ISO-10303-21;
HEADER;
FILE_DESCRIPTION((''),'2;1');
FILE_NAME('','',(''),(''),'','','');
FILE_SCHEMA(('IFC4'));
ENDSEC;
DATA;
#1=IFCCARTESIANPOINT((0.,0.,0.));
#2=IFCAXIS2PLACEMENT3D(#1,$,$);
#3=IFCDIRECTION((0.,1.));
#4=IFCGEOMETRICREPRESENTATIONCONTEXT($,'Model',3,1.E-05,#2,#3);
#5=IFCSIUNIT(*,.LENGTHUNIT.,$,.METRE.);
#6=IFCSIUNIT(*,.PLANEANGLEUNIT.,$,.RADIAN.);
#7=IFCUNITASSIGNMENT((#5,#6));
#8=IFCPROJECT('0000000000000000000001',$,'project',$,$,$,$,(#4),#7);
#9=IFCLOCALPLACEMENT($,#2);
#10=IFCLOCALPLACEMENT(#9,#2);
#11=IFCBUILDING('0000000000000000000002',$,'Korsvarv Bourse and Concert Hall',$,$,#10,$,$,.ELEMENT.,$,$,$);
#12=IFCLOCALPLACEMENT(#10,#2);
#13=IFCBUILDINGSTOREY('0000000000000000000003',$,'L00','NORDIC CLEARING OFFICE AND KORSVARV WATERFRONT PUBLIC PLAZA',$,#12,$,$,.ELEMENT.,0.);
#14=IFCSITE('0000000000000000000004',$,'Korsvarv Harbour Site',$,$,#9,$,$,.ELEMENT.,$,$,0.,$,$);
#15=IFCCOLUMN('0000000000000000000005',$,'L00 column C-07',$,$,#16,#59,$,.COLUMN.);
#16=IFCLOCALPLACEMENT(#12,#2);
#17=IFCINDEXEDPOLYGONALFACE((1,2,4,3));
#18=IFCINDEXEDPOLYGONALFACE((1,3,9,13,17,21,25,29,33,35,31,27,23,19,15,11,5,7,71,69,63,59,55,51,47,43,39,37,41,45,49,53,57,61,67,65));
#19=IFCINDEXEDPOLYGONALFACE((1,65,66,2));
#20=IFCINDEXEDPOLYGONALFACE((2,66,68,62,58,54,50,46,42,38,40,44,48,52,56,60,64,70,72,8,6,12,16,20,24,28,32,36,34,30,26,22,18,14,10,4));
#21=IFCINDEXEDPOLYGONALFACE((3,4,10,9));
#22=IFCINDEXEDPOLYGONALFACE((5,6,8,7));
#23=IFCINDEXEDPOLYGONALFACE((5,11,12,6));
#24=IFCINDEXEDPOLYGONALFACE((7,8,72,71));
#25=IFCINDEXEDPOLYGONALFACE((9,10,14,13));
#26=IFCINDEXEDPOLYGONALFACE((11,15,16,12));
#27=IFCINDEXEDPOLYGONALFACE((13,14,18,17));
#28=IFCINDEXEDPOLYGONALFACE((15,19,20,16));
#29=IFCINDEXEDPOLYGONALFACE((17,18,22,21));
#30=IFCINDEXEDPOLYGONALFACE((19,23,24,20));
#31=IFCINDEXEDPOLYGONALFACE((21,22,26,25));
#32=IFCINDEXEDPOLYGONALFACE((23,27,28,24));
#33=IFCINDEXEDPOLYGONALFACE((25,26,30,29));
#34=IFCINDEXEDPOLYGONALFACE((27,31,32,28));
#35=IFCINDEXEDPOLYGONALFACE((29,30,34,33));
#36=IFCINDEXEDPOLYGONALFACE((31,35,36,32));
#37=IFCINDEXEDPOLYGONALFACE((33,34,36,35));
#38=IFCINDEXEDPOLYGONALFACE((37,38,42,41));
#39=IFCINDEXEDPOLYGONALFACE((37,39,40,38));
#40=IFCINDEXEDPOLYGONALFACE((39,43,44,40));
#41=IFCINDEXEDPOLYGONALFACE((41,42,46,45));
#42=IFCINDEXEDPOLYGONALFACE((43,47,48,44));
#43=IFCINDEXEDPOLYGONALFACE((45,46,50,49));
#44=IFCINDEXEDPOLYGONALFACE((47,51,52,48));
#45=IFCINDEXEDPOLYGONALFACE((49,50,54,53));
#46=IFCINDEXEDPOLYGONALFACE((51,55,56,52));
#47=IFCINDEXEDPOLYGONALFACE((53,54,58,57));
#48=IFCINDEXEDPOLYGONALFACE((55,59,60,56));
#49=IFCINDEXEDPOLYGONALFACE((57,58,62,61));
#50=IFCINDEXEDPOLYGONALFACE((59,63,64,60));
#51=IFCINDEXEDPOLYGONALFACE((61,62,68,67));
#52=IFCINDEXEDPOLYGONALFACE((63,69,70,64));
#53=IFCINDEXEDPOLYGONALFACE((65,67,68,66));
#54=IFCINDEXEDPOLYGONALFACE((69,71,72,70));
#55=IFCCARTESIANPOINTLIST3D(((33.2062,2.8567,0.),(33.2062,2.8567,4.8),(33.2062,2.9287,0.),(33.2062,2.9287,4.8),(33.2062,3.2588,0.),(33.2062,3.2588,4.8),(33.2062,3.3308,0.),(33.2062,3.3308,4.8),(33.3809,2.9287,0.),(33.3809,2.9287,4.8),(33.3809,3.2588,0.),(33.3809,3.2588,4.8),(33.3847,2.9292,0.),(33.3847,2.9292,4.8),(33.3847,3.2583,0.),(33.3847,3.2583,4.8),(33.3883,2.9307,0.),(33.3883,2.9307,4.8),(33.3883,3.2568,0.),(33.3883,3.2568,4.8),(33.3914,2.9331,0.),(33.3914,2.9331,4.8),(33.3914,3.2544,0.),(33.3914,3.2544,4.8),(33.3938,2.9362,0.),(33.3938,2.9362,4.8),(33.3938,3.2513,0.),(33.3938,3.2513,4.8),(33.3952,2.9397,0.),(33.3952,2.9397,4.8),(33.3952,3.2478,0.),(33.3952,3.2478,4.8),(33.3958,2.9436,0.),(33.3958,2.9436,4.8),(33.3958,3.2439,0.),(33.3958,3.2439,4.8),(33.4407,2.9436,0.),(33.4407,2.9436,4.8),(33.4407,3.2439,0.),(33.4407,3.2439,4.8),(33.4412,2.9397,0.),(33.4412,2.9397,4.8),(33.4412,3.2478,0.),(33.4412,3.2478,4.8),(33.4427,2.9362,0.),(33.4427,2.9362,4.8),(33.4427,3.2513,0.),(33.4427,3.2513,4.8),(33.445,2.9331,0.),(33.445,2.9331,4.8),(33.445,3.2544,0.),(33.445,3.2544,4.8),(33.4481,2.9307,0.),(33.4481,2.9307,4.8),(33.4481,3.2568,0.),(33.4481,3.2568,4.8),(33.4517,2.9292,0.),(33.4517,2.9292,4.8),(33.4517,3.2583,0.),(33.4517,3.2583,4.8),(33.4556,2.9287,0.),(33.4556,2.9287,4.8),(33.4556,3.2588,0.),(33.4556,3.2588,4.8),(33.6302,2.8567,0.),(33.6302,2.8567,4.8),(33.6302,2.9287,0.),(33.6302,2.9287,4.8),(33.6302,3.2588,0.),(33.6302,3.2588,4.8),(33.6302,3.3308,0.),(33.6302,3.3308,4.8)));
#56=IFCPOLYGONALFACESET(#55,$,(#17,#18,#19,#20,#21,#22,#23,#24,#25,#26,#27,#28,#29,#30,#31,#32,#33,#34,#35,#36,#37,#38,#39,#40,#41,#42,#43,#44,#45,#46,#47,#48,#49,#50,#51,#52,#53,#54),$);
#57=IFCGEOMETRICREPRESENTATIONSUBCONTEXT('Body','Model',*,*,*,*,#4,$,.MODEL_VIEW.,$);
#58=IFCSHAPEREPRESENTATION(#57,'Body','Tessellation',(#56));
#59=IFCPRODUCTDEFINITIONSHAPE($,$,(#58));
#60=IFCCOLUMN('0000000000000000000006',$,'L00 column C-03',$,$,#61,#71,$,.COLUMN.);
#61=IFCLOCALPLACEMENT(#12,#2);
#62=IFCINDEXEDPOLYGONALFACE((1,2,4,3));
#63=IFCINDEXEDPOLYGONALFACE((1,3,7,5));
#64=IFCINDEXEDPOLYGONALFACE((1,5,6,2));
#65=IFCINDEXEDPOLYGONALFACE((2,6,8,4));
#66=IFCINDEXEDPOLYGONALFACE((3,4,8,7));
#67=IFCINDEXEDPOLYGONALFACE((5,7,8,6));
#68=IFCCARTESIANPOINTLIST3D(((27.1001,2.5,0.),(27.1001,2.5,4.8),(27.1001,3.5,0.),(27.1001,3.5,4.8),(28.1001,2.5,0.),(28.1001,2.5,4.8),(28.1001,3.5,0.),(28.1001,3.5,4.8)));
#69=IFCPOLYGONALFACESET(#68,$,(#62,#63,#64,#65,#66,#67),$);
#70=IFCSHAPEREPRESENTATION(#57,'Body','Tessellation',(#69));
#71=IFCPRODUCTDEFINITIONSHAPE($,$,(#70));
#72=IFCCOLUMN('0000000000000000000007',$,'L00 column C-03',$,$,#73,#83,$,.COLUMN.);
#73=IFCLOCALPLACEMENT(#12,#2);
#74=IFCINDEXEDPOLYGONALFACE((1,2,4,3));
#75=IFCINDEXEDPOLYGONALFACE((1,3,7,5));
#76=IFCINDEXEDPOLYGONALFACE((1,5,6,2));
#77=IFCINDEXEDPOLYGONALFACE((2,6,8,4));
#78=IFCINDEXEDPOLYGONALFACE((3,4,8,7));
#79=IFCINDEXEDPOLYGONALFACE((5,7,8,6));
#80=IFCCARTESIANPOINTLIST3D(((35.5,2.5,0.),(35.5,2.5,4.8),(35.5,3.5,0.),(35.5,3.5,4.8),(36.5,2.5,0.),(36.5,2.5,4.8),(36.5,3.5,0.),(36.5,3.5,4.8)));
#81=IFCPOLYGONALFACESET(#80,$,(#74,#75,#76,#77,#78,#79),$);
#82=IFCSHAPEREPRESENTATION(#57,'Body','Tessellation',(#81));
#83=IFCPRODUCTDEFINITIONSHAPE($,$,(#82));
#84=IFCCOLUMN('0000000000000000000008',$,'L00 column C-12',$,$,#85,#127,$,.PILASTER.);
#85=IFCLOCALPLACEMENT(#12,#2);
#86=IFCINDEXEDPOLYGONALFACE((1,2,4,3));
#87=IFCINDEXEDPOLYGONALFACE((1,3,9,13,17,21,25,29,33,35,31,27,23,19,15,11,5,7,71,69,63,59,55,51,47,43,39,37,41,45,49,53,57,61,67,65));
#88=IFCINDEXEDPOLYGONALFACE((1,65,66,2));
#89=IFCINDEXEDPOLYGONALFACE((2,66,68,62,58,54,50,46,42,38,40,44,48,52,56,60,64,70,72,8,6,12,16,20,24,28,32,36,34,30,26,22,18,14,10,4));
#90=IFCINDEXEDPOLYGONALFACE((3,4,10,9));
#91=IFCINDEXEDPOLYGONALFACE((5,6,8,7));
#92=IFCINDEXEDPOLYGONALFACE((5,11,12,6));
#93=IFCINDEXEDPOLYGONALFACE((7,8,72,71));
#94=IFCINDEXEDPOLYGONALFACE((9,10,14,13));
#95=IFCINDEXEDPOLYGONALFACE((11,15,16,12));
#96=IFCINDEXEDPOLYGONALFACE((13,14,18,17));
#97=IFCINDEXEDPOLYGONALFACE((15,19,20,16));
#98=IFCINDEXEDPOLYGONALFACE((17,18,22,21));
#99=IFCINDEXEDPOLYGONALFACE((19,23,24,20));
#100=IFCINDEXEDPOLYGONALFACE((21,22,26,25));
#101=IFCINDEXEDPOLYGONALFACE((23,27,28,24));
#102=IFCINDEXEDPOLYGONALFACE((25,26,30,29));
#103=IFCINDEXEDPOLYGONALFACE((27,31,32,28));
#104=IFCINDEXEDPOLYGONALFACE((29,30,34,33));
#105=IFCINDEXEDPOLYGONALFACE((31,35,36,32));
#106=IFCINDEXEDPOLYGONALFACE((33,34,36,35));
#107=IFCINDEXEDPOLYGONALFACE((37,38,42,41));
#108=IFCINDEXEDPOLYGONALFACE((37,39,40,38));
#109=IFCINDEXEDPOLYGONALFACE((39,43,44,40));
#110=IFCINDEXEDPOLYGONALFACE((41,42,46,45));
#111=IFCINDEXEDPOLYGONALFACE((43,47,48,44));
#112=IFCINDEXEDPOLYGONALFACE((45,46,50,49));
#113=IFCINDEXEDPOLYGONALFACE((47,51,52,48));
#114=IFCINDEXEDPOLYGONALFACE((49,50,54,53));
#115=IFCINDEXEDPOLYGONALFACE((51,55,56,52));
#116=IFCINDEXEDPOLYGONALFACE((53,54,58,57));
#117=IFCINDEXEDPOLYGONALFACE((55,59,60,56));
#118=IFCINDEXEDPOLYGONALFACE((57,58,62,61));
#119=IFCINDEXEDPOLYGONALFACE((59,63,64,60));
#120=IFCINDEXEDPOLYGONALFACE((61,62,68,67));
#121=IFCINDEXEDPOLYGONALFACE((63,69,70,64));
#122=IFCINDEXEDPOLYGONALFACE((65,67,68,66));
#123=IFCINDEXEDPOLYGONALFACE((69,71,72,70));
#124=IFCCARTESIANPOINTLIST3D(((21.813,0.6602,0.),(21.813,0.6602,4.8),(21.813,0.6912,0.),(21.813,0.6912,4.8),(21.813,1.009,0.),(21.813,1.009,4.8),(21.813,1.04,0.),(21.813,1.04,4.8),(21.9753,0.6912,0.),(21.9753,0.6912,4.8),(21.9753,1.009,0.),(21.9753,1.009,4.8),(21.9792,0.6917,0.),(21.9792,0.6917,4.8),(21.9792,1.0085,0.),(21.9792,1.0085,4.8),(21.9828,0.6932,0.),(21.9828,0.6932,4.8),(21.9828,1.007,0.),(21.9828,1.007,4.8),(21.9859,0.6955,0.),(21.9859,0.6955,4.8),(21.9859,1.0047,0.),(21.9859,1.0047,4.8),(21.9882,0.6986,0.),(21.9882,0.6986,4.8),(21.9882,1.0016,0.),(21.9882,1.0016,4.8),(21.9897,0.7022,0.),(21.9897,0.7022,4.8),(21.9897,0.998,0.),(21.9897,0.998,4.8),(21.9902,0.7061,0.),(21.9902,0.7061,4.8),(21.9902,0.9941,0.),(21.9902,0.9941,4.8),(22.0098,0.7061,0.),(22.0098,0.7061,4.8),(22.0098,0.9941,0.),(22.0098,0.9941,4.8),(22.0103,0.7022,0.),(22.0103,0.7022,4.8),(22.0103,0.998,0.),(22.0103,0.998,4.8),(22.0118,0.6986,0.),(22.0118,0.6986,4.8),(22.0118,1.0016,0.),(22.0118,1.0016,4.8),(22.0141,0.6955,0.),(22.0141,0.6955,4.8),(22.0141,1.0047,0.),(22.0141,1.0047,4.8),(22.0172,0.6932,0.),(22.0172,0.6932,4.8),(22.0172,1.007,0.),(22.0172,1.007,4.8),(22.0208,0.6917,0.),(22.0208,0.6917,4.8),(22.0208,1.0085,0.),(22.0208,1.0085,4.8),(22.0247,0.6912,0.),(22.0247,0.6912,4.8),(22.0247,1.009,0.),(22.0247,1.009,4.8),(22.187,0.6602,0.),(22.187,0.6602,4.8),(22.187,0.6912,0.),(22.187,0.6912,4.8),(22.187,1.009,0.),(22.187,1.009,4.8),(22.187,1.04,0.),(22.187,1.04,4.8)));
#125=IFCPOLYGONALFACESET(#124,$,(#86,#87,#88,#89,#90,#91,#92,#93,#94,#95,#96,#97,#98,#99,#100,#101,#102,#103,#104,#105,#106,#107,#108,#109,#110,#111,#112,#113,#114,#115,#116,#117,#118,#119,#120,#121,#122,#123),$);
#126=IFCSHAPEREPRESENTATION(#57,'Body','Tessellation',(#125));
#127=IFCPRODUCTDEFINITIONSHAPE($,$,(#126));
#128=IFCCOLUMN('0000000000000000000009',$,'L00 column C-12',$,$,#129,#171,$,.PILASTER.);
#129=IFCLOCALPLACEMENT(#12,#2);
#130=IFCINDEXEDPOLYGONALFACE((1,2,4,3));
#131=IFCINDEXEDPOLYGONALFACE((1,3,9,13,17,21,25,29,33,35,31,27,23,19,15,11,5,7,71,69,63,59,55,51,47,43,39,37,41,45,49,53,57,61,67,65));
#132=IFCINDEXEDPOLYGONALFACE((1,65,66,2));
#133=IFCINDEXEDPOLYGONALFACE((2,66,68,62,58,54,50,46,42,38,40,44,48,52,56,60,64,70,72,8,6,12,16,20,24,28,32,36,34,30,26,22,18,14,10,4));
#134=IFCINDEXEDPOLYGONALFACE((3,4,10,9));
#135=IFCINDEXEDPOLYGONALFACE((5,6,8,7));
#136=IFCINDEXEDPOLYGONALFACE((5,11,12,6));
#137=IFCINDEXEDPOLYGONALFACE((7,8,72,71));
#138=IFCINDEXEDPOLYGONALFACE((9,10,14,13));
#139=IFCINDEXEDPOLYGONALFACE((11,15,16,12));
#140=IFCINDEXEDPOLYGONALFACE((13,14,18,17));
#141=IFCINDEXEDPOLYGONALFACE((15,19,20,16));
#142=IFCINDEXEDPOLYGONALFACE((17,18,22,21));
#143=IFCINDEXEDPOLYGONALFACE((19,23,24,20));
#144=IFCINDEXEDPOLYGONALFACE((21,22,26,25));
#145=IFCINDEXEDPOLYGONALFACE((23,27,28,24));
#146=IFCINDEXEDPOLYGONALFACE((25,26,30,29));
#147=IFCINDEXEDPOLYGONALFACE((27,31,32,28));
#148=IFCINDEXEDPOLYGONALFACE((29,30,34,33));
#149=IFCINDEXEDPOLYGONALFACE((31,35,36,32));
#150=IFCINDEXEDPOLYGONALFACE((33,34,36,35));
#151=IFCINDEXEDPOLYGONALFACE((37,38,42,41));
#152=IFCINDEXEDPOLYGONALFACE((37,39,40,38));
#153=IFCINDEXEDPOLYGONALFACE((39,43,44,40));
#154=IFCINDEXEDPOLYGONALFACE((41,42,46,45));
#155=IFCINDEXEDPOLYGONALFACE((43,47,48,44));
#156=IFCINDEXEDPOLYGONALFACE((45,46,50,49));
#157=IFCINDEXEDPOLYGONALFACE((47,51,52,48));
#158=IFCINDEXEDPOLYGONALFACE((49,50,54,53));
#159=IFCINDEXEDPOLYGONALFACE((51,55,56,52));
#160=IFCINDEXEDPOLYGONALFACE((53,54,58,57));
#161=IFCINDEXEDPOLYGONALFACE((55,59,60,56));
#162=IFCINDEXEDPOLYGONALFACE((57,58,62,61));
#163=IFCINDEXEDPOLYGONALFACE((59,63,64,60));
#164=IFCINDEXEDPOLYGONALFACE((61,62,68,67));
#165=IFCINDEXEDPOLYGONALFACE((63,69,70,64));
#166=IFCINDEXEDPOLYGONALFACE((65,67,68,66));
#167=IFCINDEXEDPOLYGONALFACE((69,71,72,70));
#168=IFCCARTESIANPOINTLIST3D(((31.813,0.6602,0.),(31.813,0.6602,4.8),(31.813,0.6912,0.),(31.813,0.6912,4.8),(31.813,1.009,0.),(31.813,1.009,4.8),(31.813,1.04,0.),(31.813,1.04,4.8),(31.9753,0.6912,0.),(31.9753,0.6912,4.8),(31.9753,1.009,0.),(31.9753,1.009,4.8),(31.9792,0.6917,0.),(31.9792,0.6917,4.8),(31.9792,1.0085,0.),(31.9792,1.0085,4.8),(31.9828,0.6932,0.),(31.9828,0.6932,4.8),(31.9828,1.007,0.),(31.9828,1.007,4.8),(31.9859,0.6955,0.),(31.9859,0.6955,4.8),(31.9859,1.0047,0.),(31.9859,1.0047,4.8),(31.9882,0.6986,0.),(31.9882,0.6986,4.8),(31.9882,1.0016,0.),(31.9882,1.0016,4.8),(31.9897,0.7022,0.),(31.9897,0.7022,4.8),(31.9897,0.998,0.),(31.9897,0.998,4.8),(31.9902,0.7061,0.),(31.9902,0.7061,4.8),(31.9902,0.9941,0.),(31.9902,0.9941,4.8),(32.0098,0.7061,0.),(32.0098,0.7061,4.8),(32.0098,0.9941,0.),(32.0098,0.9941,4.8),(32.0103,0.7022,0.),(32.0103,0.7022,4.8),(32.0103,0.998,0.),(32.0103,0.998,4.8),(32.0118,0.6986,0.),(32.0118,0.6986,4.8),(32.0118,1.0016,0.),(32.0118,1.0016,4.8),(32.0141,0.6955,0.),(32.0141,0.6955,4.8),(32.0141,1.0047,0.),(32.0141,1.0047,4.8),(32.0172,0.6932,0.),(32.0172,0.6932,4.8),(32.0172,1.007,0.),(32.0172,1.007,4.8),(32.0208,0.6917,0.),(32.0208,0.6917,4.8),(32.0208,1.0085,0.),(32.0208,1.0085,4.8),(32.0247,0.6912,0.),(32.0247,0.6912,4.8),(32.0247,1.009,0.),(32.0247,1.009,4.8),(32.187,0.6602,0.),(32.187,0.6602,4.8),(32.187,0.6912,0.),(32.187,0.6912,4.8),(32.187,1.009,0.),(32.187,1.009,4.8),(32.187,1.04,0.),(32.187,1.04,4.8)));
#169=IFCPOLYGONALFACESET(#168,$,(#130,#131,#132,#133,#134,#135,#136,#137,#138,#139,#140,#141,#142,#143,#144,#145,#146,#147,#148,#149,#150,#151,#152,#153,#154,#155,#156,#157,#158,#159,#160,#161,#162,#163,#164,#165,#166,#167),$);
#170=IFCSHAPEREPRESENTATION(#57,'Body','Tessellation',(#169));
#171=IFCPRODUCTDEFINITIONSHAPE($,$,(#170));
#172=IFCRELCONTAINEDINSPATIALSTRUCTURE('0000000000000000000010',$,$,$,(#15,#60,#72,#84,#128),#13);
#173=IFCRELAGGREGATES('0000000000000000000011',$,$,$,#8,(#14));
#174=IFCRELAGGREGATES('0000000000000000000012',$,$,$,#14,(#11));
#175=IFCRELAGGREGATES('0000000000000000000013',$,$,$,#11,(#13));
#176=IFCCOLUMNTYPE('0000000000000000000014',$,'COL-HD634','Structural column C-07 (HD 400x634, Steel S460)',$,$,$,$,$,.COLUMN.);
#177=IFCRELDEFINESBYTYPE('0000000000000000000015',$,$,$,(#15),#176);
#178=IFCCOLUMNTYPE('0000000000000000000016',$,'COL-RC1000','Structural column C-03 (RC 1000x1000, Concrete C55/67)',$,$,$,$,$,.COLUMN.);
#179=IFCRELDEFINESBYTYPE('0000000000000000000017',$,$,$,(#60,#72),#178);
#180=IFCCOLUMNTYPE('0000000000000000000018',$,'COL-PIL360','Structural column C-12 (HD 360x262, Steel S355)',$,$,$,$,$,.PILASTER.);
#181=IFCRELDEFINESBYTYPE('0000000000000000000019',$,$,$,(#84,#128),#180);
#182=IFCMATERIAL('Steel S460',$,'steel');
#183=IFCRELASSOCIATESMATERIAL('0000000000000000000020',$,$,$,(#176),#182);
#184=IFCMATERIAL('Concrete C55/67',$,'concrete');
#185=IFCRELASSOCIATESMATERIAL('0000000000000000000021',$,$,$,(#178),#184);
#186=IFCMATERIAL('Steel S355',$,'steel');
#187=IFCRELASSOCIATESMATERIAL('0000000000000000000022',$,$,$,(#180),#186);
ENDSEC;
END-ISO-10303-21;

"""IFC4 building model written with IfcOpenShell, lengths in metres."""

from ifc_helpers import new_model, si_unit, direction, frame, origin, origin_2d, place, context, subcontext, project, spatial, rectangle, i_section, extrude, source, transform, mapped, material, material_profile, profile_set, type_object, element, save


model = new_model("IFC4")

# Units and contexts
model_context = context("Model", 3, precision=1e-05, world=origin(), true_north=direction((0.0, 1.0)))
body_context = subcontext(model_context, "Body", "Model", "MODEL_VIEW")
ifc_project = project(units=[si_unit("LENGTHUNIT", "METRE"), si_unit("PLANEANGLEUNIT", "RADIAN")], contexts=[model_context])

# Site, building, storey
site_placement = place(None, origin())
site = spatial("IfcSite", under=ifc_project, at=site_placement, Name="Korsvarv Harbour Site", CompositionType="ELEMENT", RefElevation=0.0)
building_placement = place(site_placement, origin())
building = spatial("IfcBuilding", under=site, at=building_placement, Name="Korsvarv Bourse and Concert Hall", CompositionType="ELEMENT")
storey_placement = place(building_placement, origin())
storey = spatial("IfcBuildingStorey", under=building, at=storey_placement, Name="L00", Description="NORDIC CLEARING OFFICE AND KORSVARV WATERFRONT PUBLIC PLAZA", CompositionType="ELEMENT", Elevation=0.0)

# Columns
ifc_material_1 = material(Name="Steel S460", Category="steel")
ifc_material_profile_1 = material_profile(ifc_material_1, i_section(OverallWidth=0.4241, OverallDepth=0.4741, WebThickness=0.0449, FlangeThickness=0.072, FilletRadius=0.0149, at=origin_2d()), Name="HD 400x634")
ifc_profile_set_1 = profile_set([ifc_material_profile_1], Name="Steel S460")
column_type_1 = type_object("IfcColumnType", Name="COL-HD634", Description="Structural column C-07 (HD 400x634, Steel S460)", PredefinedType="COLUMN", material=ifc_profile_set_1)
shared_shape_1 = source(origin(), body_context, "Body", "SweptSolid", [
    extrude(i_section(OverallWidth=0.4241, OverallDepth=0.4741, WebThickness=0.0449, FlangeThickness=0.072, FilletRadius=0.0149, at=origin_2d()), origin(), (0.0, 0.0, 1.0), 4.8),
])
column_placement = place(storey_placement, frame((33.4182, 3.0938, 0.0), z_axis=(0.0, 0.0, 1.0), x_axis=(1.0, 0.0, 0.0)))
element("IfcColumn", 1, at=column_placement, inside=storey, type_object=column_type_1, Name="L00 column C-07", PredefinedType="COLUMN", context=body_context, shape_type="MappedRepresentation", body=[
    mapped(shared_shape_1, transform((0.0, 0.0, 0.0), scale=1.0)),
])
ifc_material_2 = material(Name="Concrete C55/67", Category="concrete")
ifc_material_profile_2 = material_profile(ifc_material_2, rectangle(XDim=1.0, YDim=1.0, at=origin_2d()), Name="RC 1000x1000")
ifc_profile_set_2 = profile_set([ifc_material_profile_2], Name="Concrete C55/67")
column_type_2 = type_object("IfcColumnType", Name="COL-RC1000", Description="Structural column C-03 (RC 1000x1000, Concrete C55/67)", PredefinedType="COLUMN", material=ifc_profile_set_2)
shared_shape_2 = source(origin(), body_context, "Body", "SweptSolid", [
    extrude(rectangle(XDim=1.0, YDim=1.0, at=origin_2d()), origin(), (0.0, 0.0, 1.0), 4.8),
])
for number, where, z_axis, x_axis, name in (
    (2, (27.6001, 3.0, 0.0), (0.0, 0.0, 1.0), (1.0, 0.0, 0.0), "L00 column C-03"),
    (3, (36.0, 3.0, 0.0), (0.0, 0.0, 1.0), (1.0, 0.0, 0.0), "L00 column C-03"),
):
    element("IfcColumn", number, at=place(storey_placement, frame(where, z_axis=z_axis, x_axis=x_axis)), inside=storey, type_object=column_type_2, Name=name, PredefinedType="COLUMN", context=body_context, shape_type="MappedRepresentation", body=[
        mapped(shared_shape_2, transform((0.0, 0.0, 0.0), scale=1.0)),
    ])
ifc_material_3 = material(Name="Steel S355", Category="steel")
ifc_material_profile_3 = material_profile(ifc_material_3, i_section(OverallWidth=0.374, OverallDepth=0.3799, WebThickness=0.0195, FlangeThickness=0.031, FilletRadius=0.0149, at=origin_2d()), Name="HD 360x262")
ifc_profile_set_3 = profile_set([ifc_material_profile_3], Name="Steel S355")
column_type_3 = type_object("IfcColumnType", Name="COL-PIL360", Description="Structural column C-12 (HD 360x262, Steel S355)", PredefinedType="PILASTER", material=ifc_profile_set_3)
shared_shape_3 = source(origin(), body_context, "Body", "SweptSolid", [
    extrude(i_section(OverallWidth=0.374, OverallDepth=0.3799, WebThickness=0.0195, FlangeThickness=0.031, FilletRadius=0.0149, at=origin_2d()), origin(), (0.0, 0.0, 1.0), 4.8),
])
for number, where, z_axis, x_axis, name in (
    (4, (22.0, 0.8501, 0.0), (0.0, 0.0, 1.0), (1.0, 0.0, 0.0), "L00 column C-12"),
    (5, (32.0, 0.8501, 0.0), (0.0, 0.0, 1.0), (1.0, 0.0, 0.0), "L00 column C-12"),
):
    element("IfcColumn", number, at=place(storey_placement, frame(where, z_axis=z_axis, x_axis=x_axis)), inside=storey, type_object=column_type_3, Name=name, PredefinedType="PILASTER", context=body_context, shape_type="MappedRepresentation", body=[
        mapped(shared_shape_3, transform((0.0, 0.0, 0.0), scale=1.0)),
    ])

save(model, "model.ifc")
